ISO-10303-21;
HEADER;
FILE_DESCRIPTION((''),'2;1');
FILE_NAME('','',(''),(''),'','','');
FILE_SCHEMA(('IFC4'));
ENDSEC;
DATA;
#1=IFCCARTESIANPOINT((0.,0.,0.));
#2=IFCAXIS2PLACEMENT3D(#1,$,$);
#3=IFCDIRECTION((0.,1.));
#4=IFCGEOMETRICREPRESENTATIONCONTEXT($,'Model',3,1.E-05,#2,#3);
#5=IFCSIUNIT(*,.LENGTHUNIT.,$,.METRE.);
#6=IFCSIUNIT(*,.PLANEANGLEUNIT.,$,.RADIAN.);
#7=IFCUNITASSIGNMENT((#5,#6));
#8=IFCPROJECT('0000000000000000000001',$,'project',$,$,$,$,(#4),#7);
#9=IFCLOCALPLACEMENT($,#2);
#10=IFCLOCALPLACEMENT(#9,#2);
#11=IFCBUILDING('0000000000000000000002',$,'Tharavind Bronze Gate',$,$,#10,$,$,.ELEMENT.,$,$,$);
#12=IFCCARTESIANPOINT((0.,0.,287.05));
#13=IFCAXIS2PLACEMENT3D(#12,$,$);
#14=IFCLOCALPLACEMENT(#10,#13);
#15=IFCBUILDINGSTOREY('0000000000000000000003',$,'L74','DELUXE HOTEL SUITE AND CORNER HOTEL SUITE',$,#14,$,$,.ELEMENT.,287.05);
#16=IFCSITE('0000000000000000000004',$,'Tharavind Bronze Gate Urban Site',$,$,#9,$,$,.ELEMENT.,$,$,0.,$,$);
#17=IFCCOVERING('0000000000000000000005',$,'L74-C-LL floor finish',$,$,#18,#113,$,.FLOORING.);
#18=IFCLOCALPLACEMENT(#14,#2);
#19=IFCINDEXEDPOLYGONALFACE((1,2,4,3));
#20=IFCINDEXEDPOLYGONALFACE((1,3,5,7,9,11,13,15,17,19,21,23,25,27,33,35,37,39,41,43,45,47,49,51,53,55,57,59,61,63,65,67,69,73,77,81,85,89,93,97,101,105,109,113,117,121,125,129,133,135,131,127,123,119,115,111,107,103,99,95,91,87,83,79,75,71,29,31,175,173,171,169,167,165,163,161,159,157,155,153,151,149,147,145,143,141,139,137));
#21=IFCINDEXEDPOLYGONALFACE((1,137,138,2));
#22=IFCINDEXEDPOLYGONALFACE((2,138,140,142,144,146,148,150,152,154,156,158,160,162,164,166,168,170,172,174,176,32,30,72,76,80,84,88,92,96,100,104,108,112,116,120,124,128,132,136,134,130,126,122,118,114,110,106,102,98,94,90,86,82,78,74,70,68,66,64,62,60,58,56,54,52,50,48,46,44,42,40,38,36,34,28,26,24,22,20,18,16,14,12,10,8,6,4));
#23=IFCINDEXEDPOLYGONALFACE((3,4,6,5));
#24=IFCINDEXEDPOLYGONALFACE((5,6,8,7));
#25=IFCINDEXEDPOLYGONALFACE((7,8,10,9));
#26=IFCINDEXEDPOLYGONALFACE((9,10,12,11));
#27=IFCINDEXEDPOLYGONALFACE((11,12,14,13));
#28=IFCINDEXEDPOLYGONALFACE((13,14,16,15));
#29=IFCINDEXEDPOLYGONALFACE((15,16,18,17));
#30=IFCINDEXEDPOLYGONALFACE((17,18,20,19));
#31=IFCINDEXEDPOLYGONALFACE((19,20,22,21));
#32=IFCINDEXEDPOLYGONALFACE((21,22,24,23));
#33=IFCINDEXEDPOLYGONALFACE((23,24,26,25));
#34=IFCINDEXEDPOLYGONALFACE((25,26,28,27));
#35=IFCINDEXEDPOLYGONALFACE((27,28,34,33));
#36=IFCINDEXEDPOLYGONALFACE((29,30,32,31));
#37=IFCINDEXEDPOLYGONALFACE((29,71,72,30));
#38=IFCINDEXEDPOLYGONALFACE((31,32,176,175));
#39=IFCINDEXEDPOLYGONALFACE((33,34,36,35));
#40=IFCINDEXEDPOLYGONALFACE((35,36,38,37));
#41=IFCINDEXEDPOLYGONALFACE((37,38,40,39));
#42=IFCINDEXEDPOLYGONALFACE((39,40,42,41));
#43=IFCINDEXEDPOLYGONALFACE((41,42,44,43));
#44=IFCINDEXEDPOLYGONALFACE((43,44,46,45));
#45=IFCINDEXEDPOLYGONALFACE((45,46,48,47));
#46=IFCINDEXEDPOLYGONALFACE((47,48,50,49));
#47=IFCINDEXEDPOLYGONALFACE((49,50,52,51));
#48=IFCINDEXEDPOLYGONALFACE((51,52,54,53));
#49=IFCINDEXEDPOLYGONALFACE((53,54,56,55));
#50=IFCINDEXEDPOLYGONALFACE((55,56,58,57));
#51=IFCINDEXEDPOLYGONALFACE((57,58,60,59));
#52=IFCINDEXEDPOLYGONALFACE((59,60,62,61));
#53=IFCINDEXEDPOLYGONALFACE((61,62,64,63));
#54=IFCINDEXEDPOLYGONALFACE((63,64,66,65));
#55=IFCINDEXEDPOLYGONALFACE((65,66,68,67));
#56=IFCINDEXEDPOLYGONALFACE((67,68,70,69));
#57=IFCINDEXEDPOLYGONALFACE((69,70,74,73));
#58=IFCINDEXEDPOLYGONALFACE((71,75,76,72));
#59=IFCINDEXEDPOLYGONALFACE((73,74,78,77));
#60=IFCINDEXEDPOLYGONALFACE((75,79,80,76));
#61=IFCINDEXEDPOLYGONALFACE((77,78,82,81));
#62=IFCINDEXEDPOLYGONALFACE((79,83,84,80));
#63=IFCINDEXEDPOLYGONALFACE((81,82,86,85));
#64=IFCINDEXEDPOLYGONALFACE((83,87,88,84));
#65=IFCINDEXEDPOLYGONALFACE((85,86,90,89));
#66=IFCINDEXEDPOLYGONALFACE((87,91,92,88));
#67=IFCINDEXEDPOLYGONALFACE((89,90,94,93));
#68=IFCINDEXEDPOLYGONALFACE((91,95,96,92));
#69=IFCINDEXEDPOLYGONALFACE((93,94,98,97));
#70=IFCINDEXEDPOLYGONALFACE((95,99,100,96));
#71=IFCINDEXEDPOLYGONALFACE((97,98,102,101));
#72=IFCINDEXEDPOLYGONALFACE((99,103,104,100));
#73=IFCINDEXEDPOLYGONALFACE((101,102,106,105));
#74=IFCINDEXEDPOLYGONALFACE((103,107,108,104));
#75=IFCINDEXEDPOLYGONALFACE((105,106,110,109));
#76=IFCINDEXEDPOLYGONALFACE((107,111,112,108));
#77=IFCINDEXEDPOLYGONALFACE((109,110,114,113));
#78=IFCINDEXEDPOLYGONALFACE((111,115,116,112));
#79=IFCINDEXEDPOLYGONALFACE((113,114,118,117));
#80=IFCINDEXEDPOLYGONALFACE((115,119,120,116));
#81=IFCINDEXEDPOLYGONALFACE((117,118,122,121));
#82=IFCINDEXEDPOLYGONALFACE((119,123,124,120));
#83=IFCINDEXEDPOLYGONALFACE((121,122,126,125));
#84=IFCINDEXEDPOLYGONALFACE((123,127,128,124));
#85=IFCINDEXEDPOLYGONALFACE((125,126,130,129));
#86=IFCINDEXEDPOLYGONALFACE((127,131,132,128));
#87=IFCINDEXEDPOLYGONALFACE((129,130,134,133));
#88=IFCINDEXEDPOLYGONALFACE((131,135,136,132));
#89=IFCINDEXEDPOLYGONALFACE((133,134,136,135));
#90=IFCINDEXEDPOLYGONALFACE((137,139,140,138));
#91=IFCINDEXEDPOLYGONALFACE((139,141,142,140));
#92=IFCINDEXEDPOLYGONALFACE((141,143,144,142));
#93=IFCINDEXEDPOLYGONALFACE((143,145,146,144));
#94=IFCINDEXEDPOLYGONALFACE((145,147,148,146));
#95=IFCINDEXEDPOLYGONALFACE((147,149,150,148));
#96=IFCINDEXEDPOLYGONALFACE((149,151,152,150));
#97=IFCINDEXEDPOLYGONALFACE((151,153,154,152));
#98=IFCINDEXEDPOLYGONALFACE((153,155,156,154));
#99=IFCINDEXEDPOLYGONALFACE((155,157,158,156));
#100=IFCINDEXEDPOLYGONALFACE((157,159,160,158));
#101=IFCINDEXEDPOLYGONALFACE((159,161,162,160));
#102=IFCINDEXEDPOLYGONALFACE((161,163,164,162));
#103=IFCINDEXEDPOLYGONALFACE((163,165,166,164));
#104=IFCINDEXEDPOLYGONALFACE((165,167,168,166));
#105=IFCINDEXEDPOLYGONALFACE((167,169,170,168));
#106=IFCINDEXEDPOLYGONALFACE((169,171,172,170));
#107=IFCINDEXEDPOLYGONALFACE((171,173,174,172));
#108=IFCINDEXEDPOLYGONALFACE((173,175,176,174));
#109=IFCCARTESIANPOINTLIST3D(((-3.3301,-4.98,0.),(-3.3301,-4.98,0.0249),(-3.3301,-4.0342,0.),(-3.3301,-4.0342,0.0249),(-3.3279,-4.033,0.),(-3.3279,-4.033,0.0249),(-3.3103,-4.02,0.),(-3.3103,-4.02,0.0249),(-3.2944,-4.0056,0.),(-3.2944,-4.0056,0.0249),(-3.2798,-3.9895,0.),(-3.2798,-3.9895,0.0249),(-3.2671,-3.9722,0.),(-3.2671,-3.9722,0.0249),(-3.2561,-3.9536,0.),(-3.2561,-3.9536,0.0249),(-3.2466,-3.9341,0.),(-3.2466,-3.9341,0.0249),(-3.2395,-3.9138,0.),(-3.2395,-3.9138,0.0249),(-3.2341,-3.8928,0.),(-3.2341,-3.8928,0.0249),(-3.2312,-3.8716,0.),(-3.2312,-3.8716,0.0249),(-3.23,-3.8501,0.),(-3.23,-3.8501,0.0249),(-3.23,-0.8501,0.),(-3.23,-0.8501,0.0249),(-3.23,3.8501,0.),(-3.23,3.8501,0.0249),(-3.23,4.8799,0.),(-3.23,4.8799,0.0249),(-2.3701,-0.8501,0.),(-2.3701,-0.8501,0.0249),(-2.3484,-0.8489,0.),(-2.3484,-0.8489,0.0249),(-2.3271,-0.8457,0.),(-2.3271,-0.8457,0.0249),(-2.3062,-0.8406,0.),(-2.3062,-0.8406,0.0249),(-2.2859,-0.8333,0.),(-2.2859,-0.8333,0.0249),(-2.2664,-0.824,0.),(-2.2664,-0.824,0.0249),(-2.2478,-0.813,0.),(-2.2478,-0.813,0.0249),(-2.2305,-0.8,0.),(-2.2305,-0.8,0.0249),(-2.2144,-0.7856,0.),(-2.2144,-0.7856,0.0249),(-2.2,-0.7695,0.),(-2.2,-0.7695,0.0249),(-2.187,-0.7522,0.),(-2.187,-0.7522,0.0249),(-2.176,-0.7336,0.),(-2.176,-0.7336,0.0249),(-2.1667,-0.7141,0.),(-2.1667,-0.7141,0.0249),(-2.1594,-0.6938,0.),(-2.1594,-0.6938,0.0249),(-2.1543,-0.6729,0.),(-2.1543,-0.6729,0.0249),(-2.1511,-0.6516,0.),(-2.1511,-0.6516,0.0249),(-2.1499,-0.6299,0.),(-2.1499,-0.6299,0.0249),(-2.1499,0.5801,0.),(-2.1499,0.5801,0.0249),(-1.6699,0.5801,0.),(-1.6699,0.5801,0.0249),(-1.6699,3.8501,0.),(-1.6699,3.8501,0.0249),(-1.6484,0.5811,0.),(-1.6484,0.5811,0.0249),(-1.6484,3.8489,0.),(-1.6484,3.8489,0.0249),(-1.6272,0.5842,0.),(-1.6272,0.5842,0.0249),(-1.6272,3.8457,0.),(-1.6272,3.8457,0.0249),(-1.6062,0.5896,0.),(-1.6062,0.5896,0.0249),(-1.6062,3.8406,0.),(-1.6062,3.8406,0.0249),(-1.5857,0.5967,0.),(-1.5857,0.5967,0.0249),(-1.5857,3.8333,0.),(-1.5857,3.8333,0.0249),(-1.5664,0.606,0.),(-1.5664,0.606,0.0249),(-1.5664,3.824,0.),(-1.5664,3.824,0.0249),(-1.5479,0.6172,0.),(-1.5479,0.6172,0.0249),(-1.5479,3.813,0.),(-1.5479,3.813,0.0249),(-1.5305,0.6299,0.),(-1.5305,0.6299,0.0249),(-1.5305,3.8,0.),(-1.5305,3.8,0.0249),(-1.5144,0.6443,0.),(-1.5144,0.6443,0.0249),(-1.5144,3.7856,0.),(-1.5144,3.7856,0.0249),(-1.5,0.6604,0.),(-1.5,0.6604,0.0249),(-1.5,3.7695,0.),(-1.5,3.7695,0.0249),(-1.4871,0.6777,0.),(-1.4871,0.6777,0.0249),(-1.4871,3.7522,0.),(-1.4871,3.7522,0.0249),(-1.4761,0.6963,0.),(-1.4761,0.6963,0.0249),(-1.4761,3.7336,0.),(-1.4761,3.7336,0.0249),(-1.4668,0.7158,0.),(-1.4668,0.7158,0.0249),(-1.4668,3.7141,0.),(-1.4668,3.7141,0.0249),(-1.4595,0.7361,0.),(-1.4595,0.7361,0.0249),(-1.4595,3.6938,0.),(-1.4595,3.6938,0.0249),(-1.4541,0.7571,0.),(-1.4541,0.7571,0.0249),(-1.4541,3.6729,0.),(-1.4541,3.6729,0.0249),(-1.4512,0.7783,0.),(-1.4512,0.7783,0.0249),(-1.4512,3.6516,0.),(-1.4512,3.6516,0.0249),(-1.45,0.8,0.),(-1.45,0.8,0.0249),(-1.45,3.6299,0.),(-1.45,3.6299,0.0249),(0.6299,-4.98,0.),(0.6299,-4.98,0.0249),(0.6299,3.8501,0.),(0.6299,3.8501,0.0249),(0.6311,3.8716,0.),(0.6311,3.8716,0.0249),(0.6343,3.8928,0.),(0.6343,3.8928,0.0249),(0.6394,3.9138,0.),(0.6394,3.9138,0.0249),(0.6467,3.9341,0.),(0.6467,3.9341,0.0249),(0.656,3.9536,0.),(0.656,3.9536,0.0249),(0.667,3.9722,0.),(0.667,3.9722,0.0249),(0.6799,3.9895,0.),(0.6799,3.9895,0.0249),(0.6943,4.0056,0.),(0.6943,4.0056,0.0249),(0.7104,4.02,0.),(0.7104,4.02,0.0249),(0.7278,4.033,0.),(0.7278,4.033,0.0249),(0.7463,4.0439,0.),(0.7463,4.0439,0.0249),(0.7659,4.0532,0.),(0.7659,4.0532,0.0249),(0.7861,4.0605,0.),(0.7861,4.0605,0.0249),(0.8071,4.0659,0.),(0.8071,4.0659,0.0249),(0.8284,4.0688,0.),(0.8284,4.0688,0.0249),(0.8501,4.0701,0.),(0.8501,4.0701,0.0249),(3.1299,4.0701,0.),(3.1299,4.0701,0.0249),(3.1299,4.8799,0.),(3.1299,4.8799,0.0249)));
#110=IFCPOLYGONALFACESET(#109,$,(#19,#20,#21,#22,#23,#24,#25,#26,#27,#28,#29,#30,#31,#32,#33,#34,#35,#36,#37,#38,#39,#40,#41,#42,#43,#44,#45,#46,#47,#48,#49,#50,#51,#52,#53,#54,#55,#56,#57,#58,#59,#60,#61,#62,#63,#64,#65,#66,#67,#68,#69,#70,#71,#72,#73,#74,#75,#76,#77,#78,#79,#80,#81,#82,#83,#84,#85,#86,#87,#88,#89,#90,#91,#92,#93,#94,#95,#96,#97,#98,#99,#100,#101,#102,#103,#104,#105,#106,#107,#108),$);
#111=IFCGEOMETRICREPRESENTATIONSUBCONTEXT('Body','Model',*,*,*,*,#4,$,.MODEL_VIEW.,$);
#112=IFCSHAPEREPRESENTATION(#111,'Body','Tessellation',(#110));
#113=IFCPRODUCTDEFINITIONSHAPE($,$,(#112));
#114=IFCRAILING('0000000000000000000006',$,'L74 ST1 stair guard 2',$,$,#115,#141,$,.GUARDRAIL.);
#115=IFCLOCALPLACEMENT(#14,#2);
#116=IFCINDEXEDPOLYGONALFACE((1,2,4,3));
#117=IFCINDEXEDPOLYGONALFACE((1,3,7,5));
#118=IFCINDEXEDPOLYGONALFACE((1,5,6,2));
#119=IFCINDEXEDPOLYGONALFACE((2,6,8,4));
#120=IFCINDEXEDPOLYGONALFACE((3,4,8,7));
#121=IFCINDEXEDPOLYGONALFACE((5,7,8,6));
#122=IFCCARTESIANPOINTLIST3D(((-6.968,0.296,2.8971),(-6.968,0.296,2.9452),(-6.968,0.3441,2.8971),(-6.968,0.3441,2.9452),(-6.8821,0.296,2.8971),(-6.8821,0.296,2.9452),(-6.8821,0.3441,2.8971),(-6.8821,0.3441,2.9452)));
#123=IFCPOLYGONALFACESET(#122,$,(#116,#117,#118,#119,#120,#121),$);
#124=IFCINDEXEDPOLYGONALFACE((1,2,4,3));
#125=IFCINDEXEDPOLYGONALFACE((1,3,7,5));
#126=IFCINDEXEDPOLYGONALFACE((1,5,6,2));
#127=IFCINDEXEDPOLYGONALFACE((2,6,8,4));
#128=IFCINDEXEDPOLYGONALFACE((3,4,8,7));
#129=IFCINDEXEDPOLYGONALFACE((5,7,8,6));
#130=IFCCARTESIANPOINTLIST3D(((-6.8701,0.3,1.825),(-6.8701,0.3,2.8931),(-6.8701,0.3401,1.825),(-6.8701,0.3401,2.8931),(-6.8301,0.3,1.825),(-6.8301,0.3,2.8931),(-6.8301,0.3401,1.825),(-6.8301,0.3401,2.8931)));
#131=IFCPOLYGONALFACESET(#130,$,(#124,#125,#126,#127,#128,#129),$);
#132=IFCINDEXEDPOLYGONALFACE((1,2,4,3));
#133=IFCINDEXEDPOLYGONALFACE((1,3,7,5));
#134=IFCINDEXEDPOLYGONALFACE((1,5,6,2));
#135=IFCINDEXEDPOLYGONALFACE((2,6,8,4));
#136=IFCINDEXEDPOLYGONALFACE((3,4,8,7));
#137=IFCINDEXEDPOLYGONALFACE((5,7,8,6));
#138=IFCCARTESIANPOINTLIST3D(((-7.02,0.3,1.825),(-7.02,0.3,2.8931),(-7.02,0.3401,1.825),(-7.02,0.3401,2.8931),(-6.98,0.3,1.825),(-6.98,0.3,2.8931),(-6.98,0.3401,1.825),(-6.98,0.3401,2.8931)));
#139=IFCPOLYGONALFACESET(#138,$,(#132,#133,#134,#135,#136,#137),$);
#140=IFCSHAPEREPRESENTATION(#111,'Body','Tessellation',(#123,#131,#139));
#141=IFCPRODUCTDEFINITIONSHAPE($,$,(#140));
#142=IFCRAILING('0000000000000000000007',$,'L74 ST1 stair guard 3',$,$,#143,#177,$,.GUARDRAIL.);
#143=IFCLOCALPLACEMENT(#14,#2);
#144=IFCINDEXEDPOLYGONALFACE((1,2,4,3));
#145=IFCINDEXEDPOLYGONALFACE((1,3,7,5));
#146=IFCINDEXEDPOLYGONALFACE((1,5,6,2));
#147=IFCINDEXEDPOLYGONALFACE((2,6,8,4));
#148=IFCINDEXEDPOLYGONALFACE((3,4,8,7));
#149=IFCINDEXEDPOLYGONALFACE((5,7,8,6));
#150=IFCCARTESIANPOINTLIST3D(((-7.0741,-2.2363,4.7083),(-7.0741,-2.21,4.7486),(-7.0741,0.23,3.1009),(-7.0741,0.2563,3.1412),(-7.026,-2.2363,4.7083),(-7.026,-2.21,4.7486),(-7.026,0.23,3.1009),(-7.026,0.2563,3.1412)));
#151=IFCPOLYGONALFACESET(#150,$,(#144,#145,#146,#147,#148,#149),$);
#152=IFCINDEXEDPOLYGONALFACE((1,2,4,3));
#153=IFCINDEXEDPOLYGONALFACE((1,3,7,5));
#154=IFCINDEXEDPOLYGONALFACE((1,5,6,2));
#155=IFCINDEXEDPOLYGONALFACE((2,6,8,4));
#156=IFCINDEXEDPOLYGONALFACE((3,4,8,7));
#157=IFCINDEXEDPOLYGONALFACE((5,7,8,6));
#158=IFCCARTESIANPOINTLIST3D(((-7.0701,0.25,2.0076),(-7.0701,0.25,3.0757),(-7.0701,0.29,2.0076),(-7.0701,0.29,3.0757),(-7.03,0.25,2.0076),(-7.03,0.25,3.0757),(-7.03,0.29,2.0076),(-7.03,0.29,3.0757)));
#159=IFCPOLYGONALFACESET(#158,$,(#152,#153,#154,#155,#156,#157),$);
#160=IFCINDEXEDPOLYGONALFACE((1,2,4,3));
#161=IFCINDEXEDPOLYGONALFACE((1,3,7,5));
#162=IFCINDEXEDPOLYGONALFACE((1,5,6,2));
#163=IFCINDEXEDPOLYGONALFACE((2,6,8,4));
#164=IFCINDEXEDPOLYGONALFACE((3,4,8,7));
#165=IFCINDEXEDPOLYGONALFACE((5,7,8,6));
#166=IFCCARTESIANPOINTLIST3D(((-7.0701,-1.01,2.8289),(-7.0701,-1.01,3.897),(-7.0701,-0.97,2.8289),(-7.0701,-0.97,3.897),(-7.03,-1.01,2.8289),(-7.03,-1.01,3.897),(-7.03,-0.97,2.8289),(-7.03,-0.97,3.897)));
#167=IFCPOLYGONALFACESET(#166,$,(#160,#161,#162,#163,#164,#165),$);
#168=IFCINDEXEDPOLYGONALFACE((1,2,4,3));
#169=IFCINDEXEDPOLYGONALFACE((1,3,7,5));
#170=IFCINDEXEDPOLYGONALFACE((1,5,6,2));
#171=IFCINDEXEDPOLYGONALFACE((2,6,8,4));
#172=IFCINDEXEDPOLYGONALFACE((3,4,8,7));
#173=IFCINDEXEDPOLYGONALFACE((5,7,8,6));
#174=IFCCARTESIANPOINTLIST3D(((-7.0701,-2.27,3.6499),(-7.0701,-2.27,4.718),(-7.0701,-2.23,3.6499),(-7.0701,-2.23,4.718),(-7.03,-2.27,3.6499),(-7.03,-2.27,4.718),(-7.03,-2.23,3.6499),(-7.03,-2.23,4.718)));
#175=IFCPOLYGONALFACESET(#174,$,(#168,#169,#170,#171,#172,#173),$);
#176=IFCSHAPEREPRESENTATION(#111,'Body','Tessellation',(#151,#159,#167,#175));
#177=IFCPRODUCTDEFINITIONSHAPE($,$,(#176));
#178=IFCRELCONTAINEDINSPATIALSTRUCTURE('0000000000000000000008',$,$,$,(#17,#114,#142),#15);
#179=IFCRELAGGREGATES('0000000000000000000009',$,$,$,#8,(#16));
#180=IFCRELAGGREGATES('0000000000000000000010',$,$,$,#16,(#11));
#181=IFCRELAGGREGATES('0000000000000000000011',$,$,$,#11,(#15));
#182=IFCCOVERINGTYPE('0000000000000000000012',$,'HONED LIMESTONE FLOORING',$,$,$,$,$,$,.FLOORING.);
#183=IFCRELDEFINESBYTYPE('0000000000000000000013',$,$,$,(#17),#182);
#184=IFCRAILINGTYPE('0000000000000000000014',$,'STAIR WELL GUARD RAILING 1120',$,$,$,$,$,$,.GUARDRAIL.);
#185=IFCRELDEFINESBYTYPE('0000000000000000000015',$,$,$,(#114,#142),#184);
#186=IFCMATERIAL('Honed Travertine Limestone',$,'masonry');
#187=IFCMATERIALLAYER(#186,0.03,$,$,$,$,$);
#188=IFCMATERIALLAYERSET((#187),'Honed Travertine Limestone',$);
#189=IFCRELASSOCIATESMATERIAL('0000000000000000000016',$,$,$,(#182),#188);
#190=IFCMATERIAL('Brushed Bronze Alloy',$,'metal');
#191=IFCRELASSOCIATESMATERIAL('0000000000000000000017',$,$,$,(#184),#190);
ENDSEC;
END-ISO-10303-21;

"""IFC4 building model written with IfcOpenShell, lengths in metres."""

from ifc_helpers import new_model, si_unit, direction, frame, origin, origin_2d, place, context, subcontext, project, spatial, polyline, rectangle, outline, extrude, material, layer, layer_set, type_object, element, save


model = new_model("IFC4")

# Units and contexts
model_context = context("Model", 3, precision=1e-05, world=origin(), true_north=direction((0.0, 1.0)))
body_context = subcontext(model_context, "Body", "Model", "MODEL_VIEW")
ifc_project = project(units=[si_unit("LENGTHUNIT", "METRE"), si_unit("PLANEANGLEUNIT", "RADIAN")], contexts=[model_context])

# Site, building, storey
site_placement = place(None, origin())
site = spatial("IfcSite", under=ifc_project, at=site_placement, Name="Tharavind Bronze Gate Urban Site", CompositionType="ELEMENT", RefElevation=0.0)
building_placement = place(site_placement, origin())
building = spatial("IfcBuilding", under=site, at=building_placement, Name="Tharavind Bronze Gate", CompositionType="ELEMENT")
storey_placement = place(building_placement, frame((0.0, 0.0, 287.05)))
storey = spatial("IfcBuildingStorey", under=building, at=storey_placement, Name="L74", Description="DELUXE HOTEL SUITE AND CORNER HOTEL SUITE", CompositionType="ELEMENT", Elevation=287.05)

# Covering
ifc_material_1 = material(Name="Honed Travertine Limestone", Category="masonry")
ifc_layer_1 = layer(ifc_material_1, 0.03)
ifc_layer_set_1 = layer_set([ifc_layer_1], Name="Honed Travertine Limestone")
covering_type_1 = type_object("IfcCoveringType", Name="HONED LIMESTONE FLOORING", PredefinedType="FLOORING", material=ifc_layer_set_1)
covering_1_placement = place(storey_placement, origin())
element("IfcCovering", 1, at=covering_1_placement, inside=storey, type_object=covering_type_1, Name="L74-C-LL floor finish", PredefinedType="FLOORING", context=body_context, shape_type="SweptSolid", body=[
    extrude(outline(polyline([(-3.3301, -4.98), (0.6299, -4.98), (0.6299, 3.8501), (0.6311, 3.8716), (0.6343, 3.8928), (0.6394, 3.9138), (0.6467, 3.9341), (0.656, 3.9536), (0.667, 3.9722), (0.6799, 3.9895), (0.6943, 4.0056), (0.7104, 4.02), (0.7278, 4.033), (0.7463, 4.0439), (0.7659, 4.0532), (0.7861, 4.0605), (0.8071, 4.0659), (0.8284, 4.0688), (0.8501, 4.0701), (3.1299, 4.0701), (3.1299, 4.8799), (-3.23, 4.8799), (-3.23, 3.8501), (-1.6699, 3.8501), (-1.6484, 3.8489), (-1.6272, 3.8457), (-1.6062, 3.8406), (-1.5857, 3.8333), (-1.5664, 3.824), (-1.5479, 3.813), (-1.5305, 3.8), (-1.5144, 3.7856), (-1.5, 3.7695), (-1.4871, 3.7522), (-1.4761, 3.7336), (-1.4668, 3.7141), (-1.4595, 3.6938), (-1.4541, 3.6729), (-1.4512, 3.6516), (-1.45, 3.6299), (-1.45, 0.8), (-1.4512, 0.7783), (-1.4541, 0.7571), (-1.4595, 0.7361), (-1.4668, 0.7158), (-1.4761, 0.6963), (-1.4871, 0.6777), (-1.5, 0.6604), (-1.5144, 0.6443), (-1.5305, 0.6299), (-1.5479, 0.6172), (-1.5664, 0.606), (-1.5857, 0.5967), (-1.6062, 0.5896), (-1.6272, 0.5842), (-1.6484, 0.5811), (-1.6699, 0.5801), (-2.1499, 0.5801), (-2.1499, -0.6299), (-2.1511, -0.6516), (-2.1543, -0.6729), (-2.1594, -0.6938), (-2.1667, -0.7141), (-2.176, -0.7336), (-2.187, -0.7522), (-2.2, -0.7695), (-2.2144, -0.7856), (-2.2305, -0.8), (-2.2478, -0.813), (-2.2664, -0.824), (-2.2859, -0.8333), (-2.3062, -0.8406), (-2.3271, -0.8457), (-2.3484, -0.8489), (-2.3701, -0.8501), (-3.23, -0.8501), (-3.23, -3.8501), (-3.2312, -3.8716), (-3.2341, -3.8928), (-3.2395, -3.9138), (-3.2466, -3.9341), (-3.2561, -3.9536), (-3.2671, -3.9722), (-3.2798, -3.9895), (-3.2944, -4.0056), (-3.3103, -4.02), (-3.3279, -4.033), (-3.3301, -4.0342), (-3.3301, -4.98)])), origin(), (0.0, 0.0, 1.0), 0.0249),
])

# Railings
ifc_material_2 = material(Name="Brushed Bronze Alloy", Category="metal")
railing_type = type_object("IfcRailingType", Name="STAIR WELL GUARD RAILING 1120", PredefinedType="GUARDRAIL", material=ifc_material_2)
railing_1_placement = place(storey_placement, frame((-6.8501, 0.3201, 1.825)))
element("IfcRailing", 2, at=railing_1_placement, inside=storey, type_object=railing_type, Name="L74 ST1 stair guard 2", PredefinedType="GUARDRAIL", context=body_context, shape_type="SweptSolid", body=[
    extrude(rectangle(XDim=0.0481, YDim=0.0481, at=origin_2d()), frame((-0.032, 0.0, 1.0962), z_axis=(-1.0, 0.0, 0.0), x_axis=(0.0, -1.0, 0.0)), (0.0, 0.0, 1.0), 0.0859),
    extrude(rectangle(XDim=0.04, YDim=0.04, at=origin_2d()), origin(), (0.0, 0.0, 1.0), 1.0681),
    extrude(rectangle(XDim=0.04, YDim=0.04, at=origin_2d()), frame((-0.1499, 0.0, 0.0)), (0.0, 0.0, 1.0), 1.0681),
])
railing_2_placement = place(storey_placement, frame((-7.05, 0.27, 2.0076)))
element("IfcRailing", 3, at=railing_2_placement, inside=storey, type_object=railing_type, Name="L74 ST1 stair guard 3", PredefinedType="GUARDRAIL", context=body_context, shape_type="SweptSolid", body=[
    extrude(rectangle(XDim=0.0481, YDim=0.0481, at=origin_2d()), frame((0.0, -0.0269, 1.1135), z_axis=(0.0, -0.837787, 0.545998), x_axis=(1.0, 0.0, 0.0)), (0.0, 0.0, 1.0), 2.9438),
    extrude(rectangle(XDim=0.04, YDim=0.04, at=origin_2d()), origin(), (0.0, 0.0, 1.0), 1.0681),
    extrude(rectangle(XDim=0.04, YDim=0.04, at=origin_2d()), frame((0.0, -1.26, 0.8213)), (0.0, 0.0, 1.0), 1.0681),
    extrude(rectangle(XDim=0.04, YDim=0.04, at=origin_2d()), frame((0.0, -2.52, 1.6423)), (0.0, 0.0, 1.0), 1.0681),
])

save(model, "model.ifc")
